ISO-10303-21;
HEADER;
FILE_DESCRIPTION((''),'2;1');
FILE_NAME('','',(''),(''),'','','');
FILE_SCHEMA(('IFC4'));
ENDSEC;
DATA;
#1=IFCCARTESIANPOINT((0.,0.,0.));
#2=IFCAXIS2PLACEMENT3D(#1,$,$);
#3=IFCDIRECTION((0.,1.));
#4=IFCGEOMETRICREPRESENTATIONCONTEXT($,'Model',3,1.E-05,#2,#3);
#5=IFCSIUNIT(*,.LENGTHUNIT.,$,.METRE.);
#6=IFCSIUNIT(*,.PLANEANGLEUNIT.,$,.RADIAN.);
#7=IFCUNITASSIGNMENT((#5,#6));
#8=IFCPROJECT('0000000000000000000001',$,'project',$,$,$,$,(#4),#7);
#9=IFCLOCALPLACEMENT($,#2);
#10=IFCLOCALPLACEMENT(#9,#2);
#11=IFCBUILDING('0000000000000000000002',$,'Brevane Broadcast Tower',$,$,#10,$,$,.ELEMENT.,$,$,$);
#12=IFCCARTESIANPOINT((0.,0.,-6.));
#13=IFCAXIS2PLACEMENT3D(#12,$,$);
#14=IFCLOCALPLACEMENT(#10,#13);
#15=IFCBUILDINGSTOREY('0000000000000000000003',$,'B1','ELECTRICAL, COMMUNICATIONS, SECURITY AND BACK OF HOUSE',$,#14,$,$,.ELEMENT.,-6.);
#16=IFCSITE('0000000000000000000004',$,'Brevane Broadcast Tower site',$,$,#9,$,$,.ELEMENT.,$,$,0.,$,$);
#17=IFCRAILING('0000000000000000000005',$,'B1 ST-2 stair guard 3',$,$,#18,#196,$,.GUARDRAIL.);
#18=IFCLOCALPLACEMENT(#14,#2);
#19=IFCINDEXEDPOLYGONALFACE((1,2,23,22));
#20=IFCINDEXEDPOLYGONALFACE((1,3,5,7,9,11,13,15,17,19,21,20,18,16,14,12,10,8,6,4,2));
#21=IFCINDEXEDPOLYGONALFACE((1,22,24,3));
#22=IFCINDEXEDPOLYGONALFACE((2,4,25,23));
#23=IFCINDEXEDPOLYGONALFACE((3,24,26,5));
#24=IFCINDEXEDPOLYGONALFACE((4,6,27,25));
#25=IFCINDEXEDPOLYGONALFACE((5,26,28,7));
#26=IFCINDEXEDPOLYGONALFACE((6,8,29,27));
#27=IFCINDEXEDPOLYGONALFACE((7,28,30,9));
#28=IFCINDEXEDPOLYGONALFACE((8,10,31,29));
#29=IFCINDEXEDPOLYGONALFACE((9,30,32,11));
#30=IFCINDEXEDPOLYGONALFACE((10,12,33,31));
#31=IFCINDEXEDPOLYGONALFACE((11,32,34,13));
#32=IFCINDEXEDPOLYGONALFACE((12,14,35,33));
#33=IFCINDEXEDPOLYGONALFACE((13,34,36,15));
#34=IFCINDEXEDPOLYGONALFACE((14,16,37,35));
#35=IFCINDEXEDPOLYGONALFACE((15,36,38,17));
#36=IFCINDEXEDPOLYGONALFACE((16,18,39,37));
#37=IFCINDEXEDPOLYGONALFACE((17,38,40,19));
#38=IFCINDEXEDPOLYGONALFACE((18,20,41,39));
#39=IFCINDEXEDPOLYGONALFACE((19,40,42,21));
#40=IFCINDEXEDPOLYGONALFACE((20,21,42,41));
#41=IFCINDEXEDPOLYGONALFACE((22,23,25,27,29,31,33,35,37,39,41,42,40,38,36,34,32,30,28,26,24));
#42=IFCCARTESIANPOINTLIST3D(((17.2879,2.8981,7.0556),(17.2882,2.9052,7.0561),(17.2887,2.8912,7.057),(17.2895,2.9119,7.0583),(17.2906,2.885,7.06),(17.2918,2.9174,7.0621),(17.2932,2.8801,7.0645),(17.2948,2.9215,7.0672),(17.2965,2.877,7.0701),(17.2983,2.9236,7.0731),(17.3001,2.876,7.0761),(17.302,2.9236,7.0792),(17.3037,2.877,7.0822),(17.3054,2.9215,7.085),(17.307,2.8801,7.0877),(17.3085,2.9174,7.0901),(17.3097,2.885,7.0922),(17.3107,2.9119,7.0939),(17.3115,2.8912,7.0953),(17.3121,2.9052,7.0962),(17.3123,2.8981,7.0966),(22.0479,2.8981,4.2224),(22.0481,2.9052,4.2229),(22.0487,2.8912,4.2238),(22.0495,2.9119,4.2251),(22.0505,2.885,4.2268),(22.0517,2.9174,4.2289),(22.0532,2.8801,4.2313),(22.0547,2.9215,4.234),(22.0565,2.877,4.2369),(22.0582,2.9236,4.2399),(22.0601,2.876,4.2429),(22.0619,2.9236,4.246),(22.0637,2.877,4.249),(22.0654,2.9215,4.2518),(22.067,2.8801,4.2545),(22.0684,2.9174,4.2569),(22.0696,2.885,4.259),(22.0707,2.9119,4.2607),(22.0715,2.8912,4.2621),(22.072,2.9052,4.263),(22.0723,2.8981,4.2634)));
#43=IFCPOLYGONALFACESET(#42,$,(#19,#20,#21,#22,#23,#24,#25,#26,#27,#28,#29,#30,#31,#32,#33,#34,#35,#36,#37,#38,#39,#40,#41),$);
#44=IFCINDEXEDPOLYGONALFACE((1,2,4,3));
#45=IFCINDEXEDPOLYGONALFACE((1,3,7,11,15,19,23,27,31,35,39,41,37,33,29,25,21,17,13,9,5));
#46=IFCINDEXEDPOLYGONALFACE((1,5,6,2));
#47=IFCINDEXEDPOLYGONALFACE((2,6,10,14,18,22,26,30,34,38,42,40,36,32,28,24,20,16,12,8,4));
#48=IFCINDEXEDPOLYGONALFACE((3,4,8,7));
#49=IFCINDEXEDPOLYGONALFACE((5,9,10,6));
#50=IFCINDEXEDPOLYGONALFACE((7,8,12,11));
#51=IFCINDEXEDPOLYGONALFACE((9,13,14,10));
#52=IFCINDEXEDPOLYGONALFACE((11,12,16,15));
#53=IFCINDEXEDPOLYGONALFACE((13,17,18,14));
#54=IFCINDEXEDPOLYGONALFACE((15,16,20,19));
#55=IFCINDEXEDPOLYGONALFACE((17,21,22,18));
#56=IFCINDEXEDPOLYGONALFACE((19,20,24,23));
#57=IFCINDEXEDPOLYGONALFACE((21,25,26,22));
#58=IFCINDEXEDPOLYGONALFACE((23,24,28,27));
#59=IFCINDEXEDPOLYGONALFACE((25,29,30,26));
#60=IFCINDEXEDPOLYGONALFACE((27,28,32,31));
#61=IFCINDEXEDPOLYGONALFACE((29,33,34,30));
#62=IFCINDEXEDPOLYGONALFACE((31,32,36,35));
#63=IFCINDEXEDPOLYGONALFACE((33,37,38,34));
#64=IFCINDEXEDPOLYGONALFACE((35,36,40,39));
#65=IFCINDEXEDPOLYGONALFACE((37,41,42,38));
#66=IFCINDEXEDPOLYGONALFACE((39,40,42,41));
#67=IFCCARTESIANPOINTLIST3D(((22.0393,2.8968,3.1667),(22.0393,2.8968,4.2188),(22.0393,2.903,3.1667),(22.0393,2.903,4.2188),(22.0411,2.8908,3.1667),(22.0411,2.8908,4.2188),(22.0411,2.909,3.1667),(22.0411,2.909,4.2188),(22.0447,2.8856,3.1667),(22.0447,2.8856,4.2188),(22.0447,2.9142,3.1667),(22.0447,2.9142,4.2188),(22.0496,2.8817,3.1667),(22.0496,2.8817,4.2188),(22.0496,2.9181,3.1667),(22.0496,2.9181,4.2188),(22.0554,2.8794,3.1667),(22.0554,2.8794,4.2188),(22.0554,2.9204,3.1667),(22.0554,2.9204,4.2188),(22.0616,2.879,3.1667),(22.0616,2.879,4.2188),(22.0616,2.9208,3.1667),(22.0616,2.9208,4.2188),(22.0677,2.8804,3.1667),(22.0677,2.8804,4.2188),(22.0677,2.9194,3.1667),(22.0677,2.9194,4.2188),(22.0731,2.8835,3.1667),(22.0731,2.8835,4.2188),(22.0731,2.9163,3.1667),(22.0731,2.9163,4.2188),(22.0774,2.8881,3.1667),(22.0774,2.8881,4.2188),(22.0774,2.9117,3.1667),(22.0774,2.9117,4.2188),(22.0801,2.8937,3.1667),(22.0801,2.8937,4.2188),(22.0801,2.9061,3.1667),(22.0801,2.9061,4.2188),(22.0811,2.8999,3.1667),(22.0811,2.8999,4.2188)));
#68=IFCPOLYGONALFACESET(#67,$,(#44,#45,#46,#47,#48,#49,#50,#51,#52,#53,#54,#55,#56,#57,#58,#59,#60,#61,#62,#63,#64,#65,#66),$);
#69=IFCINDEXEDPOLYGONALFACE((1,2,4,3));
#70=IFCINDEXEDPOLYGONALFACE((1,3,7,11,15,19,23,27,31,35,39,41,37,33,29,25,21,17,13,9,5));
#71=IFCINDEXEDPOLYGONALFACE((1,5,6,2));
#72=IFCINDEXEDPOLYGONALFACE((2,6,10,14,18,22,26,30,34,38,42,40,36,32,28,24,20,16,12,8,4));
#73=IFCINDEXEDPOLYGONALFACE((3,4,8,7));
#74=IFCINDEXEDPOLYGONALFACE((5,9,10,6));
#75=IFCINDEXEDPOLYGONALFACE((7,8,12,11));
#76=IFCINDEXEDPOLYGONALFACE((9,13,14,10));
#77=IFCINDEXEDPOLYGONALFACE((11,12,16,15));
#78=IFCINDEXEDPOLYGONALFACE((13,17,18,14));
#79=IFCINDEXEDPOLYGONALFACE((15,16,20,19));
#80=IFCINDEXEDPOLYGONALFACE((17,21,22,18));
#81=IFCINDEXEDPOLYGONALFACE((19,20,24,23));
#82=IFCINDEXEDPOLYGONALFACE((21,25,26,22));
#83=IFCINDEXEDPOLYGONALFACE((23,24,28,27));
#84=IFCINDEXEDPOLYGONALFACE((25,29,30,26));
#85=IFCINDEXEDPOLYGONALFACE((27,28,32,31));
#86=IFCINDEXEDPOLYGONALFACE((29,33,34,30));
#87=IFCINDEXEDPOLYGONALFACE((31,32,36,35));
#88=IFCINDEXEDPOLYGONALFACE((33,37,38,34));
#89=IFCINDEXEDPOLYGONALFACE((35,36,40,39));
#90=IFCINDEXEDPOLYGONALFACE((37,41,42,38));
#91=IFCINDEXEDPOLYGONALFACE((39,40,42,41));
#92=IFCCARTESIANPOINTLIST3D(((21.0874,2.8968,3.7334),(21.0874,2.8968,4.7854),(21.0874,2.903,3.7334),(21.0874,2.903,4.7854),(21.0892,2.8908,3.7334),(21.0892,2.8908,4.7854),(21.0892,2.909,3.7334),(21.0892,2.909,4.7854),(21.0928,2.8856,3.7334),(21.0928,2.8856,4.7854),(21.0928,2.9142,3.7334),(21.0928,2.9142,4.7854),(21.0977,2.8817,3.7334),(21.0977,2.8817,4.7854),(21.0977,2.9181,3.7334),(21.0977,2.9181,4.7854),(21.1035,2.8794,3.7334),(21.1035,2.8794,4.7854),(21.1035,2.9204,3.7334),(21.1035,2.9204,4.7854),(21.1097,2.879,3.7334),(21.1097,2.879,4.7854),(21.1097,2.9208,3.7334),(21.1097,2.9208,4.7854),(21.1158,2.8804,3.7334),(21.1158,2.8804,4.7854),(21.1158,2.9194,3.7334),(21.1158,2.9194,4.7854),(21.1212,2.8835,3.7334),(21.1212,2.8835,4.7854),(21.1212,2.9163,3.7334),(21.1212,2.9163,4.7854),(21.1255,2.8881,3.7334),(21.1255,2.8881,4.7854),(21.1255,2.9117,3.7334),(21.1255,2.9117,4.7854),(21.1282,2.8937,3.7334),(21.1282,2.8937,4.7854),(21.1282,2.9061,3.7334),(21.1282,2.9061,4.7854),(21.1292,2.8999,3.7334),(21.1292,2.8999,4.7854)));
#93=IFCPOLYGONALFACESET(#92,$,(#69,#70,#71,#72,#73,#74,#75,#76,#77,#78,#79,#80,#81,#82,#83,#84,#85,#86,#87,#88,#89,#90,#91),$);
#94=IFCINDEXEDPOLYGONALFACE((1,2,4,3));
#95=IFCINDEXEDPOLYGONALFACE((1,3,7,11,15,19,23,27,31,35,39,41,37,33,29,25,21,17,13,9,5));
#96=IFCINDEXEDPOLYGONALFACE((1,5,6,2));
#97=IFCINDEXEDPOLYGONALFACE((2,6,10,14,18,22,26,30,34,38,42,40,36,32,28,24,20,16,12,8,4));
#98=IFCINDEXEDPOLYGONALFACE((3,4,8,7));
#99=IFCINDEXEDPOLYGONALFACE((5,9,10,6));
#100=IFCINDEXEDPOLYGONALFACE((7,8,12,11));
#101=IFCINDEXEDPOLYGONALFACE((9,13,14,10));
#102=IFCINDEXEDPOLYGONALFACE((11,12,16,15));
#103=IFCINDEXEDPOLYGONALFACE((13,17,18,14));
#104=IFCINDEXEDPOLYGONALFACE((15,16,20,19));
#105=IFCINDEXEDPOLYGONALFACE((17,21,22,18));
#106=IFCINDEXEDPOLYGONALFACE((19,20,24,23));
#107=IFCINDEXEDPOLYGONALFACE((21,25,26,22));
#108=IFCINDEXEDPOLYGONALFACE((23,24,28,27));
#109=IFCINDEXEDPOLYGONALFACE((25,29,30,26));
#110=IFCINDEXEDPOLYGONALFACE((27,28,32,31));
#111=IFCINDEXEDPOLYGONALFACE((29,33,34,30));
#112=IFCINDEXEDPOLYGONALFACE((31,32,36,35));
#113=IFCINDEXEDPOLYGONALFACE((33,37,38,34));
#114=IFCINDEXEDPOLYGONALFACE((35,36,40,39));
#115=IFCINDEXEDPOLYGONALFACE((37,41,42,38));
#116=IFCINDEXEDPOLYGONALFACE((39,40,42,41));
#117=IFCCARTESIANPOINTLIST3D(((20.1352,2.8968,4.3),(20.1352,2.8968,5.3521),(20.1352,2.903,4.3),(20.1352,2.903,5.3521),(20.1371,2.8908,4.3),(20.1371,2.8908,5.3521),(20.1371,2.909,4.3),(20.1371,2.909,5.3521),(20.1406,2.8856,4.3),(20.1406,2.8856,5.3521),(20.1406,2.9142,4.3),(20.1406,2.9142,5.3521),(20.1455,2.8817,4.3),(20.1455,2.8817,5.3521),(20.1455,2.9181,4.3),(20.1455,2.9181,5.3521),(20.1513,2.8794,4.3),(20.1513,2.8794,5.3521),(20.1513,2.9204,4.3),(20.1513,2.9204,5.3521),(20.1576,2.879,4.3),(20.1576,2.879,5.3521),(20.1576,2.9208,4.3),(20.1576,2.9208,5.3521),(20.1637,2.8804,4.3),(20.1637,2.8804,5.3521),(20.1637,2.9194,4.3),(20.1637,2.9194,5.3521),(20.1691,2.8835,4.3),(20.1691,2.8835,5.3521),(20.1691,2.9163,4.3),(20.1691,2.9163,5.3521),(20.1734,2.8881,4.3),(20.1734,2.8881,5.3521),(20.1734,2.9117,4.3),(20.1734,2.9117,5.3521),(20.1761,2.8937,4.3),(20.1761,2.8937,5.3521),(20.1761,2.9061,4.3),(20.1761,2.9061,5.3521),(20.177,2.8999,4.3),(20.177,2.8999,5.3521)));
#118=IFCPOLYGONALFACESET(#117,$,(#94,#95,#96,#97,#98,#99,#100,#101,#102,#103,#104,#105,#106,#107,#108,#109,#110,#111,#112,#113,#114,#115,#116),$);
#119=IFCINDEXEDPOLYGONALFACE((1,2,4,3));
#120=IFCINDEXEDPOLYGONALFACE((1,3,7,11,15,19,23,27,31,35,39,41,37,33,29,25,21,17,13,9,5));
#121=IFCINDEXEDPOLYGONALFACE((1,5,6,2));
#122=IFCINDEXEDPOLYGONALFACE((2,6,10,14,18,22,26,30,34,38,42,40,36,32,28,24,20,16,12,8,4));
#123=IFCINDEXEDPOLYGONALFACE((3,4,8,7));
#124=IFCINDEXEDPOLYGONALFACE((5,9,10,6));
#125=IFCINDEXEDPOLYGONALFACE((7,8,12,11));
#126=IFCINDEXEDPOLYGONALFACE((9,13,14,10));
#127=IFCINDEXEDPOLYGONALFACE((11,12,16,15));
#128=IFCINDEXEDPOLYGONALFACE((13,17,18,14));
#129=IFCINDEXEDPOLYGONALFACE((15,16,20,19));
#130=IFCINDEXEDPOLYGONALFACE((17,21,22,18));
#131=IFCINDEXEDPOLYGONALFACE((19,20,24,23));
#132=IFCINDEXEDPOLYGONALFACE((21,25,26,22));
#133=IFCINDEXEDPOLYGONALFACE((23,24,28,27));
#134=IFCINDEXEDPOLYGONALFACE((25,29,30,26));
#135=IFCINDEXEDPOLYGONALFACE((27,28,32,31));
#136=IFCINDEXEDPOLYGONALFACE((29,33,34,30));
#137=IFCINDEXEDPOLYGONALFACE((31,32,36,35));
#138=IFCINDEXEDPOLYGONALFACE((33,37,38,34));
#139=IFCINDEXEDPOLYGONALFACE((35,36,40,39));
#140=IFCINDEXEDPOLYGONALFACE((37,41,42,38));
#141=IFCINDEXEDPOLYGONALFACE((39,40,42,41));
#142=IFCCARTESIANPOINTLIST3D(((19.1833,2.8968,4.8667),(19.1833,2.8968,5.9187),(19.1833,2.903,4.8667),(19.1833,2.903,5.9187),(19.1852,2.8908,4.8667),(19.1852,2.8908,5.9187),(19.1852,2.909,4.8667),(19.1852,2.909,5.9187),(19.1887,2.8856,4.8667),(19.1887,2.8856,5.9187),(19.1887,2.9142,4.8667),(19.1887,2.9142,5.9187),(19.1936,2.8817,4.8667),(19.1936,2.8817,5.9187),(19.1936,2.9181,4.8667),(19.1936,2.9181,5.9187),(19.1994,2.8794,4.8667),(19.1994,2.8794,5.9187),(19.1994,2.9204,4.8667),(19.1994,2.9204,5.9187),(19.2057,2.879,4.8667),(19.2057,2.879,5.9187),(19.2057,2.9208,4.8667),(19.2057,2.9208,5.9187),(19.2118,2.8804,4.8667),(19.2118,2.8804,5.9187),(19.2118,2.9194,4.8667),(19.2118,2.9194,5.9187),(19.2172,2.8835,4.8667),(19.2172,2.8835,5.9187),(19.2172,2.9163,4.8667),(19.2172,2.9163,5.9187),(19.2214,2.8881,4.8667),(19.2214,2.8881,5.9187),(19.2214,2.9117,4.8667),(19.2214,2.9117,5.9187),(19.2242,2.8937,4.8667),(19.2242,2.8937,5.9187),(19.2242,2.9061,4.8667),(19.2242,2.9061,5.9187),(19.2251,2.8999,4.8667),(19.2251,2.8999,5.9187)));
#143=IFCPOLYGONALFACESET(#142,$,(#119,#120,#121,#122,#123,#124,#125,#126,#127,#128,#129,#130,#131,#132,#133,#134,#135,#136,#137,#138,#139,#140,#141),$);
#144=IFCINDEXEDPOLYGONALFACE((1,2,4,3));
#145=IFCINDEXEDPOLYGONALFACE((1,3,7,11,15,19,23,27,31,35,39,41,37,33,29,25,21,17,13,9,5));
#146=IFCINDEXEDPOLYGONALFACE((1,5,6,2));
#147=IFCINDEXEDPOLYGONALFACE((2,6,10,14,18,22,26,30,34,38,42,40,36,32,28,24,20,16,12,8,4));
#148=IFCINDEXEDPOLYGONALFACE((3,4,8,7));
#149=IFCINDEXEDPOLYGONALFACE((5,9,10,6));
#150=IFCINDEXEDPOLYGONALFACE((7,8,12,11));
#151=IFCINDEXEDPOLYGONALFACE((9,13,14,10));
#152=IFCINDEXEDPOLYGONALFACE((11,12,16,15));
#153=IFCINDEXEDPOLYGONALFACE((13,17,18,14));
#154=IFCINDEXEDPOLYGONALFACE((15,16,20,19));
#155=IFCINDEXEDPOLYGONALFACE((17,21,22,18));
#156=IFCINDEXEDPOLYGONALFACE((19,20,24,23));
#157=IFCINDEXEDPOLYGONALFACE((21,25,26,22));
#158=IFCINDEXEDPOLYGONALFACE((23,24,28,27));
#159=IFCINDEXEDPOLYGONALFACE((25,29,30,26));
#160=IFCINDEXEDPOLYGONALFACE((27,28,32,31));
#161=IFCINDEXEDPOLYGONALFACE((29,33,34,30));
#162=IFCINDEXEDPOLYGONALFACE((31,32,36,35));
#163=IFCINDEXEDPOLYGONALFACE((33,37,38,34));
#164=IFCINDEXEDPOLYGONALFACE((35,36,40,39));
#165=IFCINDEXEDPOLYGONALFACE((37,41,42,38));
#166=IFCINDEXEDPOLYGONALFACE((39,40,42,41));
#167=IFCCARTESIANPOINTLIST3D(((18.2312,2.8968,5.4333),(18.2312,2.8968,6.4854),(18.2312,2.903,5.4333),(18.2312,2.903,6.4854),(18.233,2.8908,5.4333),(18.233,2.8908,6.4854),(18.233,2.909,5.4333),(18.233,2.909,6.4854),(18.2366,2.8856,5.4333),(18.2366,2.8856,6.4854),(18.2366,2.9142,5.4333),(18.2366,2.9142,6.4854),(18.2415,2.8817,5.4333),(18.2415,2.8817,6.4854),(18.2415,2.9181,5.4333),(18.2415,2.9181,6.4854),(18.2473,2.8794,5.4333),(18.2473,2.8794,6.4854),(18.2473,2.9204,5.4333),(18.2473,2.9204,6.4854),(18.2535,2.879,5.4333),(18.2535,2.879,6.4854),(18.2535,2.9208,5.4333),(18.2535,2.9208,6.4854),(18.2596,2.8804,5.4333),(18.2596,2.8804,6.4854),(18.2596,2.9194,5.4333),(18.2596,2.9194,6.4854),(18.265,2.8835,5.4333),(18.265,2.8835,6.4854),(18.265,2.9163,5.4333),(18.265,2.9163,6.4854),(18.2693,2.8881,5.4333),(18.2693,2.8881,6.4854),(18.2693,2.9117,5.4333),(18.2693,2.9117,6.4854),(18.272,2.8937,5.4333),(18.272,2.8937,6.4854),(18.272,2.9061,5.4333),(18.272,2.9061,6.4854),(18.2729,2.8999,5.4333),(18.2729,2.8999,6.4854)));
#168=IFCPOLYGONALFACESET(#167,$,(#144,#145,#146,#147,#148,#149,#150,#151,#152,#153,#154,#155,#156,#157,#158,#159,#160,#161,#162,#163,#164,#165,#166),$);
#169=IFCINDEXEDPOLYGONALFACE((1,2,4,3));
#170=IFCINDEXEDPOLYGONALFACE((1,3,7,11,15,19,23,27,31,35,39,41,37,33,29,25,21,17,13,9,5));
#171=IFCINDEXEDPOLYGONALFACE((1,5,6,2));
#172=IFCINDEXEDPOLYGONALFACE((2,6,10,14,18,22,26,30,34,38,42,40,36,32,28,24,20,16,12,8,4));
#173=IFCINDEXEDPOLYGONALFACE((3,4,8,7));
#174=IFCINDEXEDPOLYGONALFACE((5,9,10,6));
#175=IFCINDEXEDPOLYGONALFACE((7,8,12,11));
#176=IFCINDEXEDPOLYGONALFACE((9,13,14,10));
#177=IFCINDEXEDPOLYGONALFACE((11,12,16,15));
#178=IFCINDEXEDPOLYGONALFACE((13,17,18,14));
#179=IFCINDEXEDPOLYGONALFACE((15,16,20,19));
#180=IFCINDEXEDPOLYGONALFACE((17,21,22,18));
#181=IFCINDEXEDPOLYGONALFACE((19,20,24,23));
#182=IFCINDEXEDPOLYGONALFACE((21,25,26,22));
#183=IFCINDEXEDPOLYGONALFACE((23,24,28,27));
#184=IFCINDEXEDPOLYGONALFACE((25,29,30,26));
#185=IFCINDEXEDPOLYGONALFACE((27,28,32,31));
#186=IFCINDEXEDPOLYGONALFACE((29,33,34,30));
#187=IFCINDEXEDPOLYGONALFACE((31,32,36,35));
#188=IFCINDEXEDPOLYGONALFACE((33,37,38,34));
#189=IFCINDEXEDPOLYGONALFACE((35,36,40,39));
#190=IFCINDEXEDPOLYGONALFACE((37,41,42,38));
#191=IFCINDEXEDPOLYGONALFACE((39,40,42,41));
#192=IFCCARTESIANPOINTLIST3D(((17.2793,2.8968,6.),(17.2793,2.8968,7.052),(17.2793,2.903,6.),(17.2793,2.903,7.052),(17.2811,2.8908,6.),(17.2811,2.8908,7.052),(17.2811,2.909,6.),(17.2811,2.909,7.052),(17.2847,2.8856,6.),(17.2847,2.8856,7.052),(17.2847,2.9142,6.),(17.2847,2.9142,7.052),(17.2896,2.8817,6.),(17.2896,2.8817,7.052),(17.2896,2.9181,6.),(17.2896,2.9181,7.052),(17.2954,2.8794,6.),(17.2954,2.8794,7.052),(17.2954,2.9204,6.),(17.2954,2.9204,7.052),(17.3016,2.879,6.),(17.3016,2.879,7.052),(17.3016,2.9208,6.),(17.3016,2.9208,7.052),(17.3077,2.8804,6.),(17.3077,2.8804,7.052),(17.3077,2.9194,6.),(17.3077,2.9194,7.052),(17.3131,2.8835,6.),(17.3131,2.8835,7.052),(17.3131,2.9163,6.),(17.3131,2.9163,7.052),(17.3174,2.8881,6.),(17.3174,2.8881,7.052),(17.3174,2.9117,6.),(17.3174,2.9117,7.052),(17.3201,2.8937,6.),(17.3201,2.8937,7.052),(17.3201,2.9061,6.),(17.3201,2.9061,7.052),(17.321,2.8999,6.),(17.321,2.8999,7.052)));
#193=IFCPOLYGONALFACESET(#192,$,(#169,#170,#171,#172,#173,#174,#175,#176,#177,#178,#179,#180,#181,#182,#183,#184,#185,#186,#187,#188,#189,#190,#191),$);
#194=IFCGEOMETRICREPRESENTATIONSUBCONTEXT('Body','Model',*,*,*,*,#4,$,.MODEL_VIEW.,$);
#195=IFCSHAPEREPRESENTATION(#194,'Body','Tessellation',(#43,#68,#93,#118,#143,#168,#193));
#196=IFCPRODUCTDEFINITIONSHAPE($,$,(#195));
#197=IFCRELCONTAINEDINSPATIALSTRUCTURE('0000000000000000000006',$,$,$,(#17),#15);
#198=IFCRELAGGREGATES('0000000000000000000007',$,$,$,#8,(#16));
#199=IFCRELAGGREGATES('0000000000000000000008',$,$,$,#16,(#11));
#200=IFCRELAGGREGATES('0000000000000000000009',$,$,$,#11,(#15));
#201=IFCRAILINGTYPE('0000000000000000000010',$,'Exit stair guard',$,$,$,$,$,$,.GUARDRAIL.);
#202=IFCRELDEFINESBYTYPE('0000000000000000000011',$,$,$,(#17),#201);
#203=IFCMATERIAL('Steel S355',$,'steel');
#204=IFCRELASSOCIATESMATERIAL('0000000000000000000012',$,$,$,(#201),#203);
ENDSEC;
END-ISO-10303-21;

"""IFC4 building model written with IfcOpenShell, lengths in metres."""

from ifc_helpers import new_model, si_unit, direction, frame, origin, origin_2d, place, context, subcontext, project, spatial, circle, extrude, material, type_object, element, save


model = new_model("IFC4")

# Units and contexts
model_context = context("Model", 3, precision=1e-05, world=origin(), true_north=direction((0.0, 1.0)))
body_context = subcontext(model_context, "Body", "Model", "MODEL_VIEW")
ifc_project = project(units=[si_unit("LENGTHUNIT", "METRE"), si_unit("PLANEANGLEUNIT", "RADIAN")], contexts=[model_context])

# Site, building, storey
site_placement = place(None, origin())
site = spatial("IfcSite", under=ifc_project, at=site_placement, Name="Brevane Broadcast Tower site", CompositionType="ELEMENT", RefElevation=0.0)
building_placement = place(site_placement, origin())
building = spatial("IfcBuilding", under=site, at=building_placement, Name="Brevane Broadcast Tower", CompositionType="ELEMENT")
storey_placement = place(building_placement, frame((0.0, 0.0, -6.0)))
storey = spatial("IfcBuildingStorey", under=building, at=storey_placement, Name="B1", Description="ELECTRICAL, COMMUNICATIONS, SECURITY AND BACK OF HOUSE", CompositionType="ELEMENT", Elevation=-6.0)

# Railing
ifc_material_1 = material(Name="Steel S355", Category="steel")
railing_type_1 = type_object("IfcRailingType", Name="Exit stair guard", PredefinedType="GUARDRAIL", material=ifc_material_1)
railing_1_placement = place(storey_placement, frame((22.0601, 2.8999, 3.1667)))
element("IfcRailing", 1, at=railing_1_placement, inside=storey, type_object=railing_type_1, Name="B1 ST-2 stair guard 3", PredefinedType="GUARDRAIL", context=body_context, shape_type="SweptSolid", body=[
    extrude(circle(Radius=0.0239, at=origin_2d()), frame((0.0, 0.0, 1.0762), z_axis=(-0.8593, 0.0, 0.511472), x_axis=(0.0, -1.0, 0.0)), (0.0, 0.0, 1.0), 5.5393),
    extrude(circle(Radius=0.021, at=origin_2d()), origin(), (0.0, 0.0, 1.0), 1.052),
    extrude(circle(Radius=0.021, at=origin_2d()), frame((-0.9519, 0.0, 0.5667)), (0.0, 0.0, 1.0), 1.052),
    extrude(circle(Radius=0.021, at=origin_2d()), frame((-1.9041, 0.0, 1.1333)), (0.0, 0.0, 1.0), 1.052),
    extrude(circle(Radius=0.021, at=origin_2d()), frame((-2.856, 0.0, 1.7)), (0.0, 0.0, 1.0), 1.052),
    extrude(circle(Radius=0.021, at=origin_2d()), frame((-3.8081, 0.0, 2.2666)), (0.0, 0.0, 1.0), 1.052),
    extrude(circle(Radius=0.021, at=origin_2d()), frame((-4.76, 0.0, 2.8333)), (0.0, 0.0, 1.0), 1.052),
])

save(model, "model.ifc")
